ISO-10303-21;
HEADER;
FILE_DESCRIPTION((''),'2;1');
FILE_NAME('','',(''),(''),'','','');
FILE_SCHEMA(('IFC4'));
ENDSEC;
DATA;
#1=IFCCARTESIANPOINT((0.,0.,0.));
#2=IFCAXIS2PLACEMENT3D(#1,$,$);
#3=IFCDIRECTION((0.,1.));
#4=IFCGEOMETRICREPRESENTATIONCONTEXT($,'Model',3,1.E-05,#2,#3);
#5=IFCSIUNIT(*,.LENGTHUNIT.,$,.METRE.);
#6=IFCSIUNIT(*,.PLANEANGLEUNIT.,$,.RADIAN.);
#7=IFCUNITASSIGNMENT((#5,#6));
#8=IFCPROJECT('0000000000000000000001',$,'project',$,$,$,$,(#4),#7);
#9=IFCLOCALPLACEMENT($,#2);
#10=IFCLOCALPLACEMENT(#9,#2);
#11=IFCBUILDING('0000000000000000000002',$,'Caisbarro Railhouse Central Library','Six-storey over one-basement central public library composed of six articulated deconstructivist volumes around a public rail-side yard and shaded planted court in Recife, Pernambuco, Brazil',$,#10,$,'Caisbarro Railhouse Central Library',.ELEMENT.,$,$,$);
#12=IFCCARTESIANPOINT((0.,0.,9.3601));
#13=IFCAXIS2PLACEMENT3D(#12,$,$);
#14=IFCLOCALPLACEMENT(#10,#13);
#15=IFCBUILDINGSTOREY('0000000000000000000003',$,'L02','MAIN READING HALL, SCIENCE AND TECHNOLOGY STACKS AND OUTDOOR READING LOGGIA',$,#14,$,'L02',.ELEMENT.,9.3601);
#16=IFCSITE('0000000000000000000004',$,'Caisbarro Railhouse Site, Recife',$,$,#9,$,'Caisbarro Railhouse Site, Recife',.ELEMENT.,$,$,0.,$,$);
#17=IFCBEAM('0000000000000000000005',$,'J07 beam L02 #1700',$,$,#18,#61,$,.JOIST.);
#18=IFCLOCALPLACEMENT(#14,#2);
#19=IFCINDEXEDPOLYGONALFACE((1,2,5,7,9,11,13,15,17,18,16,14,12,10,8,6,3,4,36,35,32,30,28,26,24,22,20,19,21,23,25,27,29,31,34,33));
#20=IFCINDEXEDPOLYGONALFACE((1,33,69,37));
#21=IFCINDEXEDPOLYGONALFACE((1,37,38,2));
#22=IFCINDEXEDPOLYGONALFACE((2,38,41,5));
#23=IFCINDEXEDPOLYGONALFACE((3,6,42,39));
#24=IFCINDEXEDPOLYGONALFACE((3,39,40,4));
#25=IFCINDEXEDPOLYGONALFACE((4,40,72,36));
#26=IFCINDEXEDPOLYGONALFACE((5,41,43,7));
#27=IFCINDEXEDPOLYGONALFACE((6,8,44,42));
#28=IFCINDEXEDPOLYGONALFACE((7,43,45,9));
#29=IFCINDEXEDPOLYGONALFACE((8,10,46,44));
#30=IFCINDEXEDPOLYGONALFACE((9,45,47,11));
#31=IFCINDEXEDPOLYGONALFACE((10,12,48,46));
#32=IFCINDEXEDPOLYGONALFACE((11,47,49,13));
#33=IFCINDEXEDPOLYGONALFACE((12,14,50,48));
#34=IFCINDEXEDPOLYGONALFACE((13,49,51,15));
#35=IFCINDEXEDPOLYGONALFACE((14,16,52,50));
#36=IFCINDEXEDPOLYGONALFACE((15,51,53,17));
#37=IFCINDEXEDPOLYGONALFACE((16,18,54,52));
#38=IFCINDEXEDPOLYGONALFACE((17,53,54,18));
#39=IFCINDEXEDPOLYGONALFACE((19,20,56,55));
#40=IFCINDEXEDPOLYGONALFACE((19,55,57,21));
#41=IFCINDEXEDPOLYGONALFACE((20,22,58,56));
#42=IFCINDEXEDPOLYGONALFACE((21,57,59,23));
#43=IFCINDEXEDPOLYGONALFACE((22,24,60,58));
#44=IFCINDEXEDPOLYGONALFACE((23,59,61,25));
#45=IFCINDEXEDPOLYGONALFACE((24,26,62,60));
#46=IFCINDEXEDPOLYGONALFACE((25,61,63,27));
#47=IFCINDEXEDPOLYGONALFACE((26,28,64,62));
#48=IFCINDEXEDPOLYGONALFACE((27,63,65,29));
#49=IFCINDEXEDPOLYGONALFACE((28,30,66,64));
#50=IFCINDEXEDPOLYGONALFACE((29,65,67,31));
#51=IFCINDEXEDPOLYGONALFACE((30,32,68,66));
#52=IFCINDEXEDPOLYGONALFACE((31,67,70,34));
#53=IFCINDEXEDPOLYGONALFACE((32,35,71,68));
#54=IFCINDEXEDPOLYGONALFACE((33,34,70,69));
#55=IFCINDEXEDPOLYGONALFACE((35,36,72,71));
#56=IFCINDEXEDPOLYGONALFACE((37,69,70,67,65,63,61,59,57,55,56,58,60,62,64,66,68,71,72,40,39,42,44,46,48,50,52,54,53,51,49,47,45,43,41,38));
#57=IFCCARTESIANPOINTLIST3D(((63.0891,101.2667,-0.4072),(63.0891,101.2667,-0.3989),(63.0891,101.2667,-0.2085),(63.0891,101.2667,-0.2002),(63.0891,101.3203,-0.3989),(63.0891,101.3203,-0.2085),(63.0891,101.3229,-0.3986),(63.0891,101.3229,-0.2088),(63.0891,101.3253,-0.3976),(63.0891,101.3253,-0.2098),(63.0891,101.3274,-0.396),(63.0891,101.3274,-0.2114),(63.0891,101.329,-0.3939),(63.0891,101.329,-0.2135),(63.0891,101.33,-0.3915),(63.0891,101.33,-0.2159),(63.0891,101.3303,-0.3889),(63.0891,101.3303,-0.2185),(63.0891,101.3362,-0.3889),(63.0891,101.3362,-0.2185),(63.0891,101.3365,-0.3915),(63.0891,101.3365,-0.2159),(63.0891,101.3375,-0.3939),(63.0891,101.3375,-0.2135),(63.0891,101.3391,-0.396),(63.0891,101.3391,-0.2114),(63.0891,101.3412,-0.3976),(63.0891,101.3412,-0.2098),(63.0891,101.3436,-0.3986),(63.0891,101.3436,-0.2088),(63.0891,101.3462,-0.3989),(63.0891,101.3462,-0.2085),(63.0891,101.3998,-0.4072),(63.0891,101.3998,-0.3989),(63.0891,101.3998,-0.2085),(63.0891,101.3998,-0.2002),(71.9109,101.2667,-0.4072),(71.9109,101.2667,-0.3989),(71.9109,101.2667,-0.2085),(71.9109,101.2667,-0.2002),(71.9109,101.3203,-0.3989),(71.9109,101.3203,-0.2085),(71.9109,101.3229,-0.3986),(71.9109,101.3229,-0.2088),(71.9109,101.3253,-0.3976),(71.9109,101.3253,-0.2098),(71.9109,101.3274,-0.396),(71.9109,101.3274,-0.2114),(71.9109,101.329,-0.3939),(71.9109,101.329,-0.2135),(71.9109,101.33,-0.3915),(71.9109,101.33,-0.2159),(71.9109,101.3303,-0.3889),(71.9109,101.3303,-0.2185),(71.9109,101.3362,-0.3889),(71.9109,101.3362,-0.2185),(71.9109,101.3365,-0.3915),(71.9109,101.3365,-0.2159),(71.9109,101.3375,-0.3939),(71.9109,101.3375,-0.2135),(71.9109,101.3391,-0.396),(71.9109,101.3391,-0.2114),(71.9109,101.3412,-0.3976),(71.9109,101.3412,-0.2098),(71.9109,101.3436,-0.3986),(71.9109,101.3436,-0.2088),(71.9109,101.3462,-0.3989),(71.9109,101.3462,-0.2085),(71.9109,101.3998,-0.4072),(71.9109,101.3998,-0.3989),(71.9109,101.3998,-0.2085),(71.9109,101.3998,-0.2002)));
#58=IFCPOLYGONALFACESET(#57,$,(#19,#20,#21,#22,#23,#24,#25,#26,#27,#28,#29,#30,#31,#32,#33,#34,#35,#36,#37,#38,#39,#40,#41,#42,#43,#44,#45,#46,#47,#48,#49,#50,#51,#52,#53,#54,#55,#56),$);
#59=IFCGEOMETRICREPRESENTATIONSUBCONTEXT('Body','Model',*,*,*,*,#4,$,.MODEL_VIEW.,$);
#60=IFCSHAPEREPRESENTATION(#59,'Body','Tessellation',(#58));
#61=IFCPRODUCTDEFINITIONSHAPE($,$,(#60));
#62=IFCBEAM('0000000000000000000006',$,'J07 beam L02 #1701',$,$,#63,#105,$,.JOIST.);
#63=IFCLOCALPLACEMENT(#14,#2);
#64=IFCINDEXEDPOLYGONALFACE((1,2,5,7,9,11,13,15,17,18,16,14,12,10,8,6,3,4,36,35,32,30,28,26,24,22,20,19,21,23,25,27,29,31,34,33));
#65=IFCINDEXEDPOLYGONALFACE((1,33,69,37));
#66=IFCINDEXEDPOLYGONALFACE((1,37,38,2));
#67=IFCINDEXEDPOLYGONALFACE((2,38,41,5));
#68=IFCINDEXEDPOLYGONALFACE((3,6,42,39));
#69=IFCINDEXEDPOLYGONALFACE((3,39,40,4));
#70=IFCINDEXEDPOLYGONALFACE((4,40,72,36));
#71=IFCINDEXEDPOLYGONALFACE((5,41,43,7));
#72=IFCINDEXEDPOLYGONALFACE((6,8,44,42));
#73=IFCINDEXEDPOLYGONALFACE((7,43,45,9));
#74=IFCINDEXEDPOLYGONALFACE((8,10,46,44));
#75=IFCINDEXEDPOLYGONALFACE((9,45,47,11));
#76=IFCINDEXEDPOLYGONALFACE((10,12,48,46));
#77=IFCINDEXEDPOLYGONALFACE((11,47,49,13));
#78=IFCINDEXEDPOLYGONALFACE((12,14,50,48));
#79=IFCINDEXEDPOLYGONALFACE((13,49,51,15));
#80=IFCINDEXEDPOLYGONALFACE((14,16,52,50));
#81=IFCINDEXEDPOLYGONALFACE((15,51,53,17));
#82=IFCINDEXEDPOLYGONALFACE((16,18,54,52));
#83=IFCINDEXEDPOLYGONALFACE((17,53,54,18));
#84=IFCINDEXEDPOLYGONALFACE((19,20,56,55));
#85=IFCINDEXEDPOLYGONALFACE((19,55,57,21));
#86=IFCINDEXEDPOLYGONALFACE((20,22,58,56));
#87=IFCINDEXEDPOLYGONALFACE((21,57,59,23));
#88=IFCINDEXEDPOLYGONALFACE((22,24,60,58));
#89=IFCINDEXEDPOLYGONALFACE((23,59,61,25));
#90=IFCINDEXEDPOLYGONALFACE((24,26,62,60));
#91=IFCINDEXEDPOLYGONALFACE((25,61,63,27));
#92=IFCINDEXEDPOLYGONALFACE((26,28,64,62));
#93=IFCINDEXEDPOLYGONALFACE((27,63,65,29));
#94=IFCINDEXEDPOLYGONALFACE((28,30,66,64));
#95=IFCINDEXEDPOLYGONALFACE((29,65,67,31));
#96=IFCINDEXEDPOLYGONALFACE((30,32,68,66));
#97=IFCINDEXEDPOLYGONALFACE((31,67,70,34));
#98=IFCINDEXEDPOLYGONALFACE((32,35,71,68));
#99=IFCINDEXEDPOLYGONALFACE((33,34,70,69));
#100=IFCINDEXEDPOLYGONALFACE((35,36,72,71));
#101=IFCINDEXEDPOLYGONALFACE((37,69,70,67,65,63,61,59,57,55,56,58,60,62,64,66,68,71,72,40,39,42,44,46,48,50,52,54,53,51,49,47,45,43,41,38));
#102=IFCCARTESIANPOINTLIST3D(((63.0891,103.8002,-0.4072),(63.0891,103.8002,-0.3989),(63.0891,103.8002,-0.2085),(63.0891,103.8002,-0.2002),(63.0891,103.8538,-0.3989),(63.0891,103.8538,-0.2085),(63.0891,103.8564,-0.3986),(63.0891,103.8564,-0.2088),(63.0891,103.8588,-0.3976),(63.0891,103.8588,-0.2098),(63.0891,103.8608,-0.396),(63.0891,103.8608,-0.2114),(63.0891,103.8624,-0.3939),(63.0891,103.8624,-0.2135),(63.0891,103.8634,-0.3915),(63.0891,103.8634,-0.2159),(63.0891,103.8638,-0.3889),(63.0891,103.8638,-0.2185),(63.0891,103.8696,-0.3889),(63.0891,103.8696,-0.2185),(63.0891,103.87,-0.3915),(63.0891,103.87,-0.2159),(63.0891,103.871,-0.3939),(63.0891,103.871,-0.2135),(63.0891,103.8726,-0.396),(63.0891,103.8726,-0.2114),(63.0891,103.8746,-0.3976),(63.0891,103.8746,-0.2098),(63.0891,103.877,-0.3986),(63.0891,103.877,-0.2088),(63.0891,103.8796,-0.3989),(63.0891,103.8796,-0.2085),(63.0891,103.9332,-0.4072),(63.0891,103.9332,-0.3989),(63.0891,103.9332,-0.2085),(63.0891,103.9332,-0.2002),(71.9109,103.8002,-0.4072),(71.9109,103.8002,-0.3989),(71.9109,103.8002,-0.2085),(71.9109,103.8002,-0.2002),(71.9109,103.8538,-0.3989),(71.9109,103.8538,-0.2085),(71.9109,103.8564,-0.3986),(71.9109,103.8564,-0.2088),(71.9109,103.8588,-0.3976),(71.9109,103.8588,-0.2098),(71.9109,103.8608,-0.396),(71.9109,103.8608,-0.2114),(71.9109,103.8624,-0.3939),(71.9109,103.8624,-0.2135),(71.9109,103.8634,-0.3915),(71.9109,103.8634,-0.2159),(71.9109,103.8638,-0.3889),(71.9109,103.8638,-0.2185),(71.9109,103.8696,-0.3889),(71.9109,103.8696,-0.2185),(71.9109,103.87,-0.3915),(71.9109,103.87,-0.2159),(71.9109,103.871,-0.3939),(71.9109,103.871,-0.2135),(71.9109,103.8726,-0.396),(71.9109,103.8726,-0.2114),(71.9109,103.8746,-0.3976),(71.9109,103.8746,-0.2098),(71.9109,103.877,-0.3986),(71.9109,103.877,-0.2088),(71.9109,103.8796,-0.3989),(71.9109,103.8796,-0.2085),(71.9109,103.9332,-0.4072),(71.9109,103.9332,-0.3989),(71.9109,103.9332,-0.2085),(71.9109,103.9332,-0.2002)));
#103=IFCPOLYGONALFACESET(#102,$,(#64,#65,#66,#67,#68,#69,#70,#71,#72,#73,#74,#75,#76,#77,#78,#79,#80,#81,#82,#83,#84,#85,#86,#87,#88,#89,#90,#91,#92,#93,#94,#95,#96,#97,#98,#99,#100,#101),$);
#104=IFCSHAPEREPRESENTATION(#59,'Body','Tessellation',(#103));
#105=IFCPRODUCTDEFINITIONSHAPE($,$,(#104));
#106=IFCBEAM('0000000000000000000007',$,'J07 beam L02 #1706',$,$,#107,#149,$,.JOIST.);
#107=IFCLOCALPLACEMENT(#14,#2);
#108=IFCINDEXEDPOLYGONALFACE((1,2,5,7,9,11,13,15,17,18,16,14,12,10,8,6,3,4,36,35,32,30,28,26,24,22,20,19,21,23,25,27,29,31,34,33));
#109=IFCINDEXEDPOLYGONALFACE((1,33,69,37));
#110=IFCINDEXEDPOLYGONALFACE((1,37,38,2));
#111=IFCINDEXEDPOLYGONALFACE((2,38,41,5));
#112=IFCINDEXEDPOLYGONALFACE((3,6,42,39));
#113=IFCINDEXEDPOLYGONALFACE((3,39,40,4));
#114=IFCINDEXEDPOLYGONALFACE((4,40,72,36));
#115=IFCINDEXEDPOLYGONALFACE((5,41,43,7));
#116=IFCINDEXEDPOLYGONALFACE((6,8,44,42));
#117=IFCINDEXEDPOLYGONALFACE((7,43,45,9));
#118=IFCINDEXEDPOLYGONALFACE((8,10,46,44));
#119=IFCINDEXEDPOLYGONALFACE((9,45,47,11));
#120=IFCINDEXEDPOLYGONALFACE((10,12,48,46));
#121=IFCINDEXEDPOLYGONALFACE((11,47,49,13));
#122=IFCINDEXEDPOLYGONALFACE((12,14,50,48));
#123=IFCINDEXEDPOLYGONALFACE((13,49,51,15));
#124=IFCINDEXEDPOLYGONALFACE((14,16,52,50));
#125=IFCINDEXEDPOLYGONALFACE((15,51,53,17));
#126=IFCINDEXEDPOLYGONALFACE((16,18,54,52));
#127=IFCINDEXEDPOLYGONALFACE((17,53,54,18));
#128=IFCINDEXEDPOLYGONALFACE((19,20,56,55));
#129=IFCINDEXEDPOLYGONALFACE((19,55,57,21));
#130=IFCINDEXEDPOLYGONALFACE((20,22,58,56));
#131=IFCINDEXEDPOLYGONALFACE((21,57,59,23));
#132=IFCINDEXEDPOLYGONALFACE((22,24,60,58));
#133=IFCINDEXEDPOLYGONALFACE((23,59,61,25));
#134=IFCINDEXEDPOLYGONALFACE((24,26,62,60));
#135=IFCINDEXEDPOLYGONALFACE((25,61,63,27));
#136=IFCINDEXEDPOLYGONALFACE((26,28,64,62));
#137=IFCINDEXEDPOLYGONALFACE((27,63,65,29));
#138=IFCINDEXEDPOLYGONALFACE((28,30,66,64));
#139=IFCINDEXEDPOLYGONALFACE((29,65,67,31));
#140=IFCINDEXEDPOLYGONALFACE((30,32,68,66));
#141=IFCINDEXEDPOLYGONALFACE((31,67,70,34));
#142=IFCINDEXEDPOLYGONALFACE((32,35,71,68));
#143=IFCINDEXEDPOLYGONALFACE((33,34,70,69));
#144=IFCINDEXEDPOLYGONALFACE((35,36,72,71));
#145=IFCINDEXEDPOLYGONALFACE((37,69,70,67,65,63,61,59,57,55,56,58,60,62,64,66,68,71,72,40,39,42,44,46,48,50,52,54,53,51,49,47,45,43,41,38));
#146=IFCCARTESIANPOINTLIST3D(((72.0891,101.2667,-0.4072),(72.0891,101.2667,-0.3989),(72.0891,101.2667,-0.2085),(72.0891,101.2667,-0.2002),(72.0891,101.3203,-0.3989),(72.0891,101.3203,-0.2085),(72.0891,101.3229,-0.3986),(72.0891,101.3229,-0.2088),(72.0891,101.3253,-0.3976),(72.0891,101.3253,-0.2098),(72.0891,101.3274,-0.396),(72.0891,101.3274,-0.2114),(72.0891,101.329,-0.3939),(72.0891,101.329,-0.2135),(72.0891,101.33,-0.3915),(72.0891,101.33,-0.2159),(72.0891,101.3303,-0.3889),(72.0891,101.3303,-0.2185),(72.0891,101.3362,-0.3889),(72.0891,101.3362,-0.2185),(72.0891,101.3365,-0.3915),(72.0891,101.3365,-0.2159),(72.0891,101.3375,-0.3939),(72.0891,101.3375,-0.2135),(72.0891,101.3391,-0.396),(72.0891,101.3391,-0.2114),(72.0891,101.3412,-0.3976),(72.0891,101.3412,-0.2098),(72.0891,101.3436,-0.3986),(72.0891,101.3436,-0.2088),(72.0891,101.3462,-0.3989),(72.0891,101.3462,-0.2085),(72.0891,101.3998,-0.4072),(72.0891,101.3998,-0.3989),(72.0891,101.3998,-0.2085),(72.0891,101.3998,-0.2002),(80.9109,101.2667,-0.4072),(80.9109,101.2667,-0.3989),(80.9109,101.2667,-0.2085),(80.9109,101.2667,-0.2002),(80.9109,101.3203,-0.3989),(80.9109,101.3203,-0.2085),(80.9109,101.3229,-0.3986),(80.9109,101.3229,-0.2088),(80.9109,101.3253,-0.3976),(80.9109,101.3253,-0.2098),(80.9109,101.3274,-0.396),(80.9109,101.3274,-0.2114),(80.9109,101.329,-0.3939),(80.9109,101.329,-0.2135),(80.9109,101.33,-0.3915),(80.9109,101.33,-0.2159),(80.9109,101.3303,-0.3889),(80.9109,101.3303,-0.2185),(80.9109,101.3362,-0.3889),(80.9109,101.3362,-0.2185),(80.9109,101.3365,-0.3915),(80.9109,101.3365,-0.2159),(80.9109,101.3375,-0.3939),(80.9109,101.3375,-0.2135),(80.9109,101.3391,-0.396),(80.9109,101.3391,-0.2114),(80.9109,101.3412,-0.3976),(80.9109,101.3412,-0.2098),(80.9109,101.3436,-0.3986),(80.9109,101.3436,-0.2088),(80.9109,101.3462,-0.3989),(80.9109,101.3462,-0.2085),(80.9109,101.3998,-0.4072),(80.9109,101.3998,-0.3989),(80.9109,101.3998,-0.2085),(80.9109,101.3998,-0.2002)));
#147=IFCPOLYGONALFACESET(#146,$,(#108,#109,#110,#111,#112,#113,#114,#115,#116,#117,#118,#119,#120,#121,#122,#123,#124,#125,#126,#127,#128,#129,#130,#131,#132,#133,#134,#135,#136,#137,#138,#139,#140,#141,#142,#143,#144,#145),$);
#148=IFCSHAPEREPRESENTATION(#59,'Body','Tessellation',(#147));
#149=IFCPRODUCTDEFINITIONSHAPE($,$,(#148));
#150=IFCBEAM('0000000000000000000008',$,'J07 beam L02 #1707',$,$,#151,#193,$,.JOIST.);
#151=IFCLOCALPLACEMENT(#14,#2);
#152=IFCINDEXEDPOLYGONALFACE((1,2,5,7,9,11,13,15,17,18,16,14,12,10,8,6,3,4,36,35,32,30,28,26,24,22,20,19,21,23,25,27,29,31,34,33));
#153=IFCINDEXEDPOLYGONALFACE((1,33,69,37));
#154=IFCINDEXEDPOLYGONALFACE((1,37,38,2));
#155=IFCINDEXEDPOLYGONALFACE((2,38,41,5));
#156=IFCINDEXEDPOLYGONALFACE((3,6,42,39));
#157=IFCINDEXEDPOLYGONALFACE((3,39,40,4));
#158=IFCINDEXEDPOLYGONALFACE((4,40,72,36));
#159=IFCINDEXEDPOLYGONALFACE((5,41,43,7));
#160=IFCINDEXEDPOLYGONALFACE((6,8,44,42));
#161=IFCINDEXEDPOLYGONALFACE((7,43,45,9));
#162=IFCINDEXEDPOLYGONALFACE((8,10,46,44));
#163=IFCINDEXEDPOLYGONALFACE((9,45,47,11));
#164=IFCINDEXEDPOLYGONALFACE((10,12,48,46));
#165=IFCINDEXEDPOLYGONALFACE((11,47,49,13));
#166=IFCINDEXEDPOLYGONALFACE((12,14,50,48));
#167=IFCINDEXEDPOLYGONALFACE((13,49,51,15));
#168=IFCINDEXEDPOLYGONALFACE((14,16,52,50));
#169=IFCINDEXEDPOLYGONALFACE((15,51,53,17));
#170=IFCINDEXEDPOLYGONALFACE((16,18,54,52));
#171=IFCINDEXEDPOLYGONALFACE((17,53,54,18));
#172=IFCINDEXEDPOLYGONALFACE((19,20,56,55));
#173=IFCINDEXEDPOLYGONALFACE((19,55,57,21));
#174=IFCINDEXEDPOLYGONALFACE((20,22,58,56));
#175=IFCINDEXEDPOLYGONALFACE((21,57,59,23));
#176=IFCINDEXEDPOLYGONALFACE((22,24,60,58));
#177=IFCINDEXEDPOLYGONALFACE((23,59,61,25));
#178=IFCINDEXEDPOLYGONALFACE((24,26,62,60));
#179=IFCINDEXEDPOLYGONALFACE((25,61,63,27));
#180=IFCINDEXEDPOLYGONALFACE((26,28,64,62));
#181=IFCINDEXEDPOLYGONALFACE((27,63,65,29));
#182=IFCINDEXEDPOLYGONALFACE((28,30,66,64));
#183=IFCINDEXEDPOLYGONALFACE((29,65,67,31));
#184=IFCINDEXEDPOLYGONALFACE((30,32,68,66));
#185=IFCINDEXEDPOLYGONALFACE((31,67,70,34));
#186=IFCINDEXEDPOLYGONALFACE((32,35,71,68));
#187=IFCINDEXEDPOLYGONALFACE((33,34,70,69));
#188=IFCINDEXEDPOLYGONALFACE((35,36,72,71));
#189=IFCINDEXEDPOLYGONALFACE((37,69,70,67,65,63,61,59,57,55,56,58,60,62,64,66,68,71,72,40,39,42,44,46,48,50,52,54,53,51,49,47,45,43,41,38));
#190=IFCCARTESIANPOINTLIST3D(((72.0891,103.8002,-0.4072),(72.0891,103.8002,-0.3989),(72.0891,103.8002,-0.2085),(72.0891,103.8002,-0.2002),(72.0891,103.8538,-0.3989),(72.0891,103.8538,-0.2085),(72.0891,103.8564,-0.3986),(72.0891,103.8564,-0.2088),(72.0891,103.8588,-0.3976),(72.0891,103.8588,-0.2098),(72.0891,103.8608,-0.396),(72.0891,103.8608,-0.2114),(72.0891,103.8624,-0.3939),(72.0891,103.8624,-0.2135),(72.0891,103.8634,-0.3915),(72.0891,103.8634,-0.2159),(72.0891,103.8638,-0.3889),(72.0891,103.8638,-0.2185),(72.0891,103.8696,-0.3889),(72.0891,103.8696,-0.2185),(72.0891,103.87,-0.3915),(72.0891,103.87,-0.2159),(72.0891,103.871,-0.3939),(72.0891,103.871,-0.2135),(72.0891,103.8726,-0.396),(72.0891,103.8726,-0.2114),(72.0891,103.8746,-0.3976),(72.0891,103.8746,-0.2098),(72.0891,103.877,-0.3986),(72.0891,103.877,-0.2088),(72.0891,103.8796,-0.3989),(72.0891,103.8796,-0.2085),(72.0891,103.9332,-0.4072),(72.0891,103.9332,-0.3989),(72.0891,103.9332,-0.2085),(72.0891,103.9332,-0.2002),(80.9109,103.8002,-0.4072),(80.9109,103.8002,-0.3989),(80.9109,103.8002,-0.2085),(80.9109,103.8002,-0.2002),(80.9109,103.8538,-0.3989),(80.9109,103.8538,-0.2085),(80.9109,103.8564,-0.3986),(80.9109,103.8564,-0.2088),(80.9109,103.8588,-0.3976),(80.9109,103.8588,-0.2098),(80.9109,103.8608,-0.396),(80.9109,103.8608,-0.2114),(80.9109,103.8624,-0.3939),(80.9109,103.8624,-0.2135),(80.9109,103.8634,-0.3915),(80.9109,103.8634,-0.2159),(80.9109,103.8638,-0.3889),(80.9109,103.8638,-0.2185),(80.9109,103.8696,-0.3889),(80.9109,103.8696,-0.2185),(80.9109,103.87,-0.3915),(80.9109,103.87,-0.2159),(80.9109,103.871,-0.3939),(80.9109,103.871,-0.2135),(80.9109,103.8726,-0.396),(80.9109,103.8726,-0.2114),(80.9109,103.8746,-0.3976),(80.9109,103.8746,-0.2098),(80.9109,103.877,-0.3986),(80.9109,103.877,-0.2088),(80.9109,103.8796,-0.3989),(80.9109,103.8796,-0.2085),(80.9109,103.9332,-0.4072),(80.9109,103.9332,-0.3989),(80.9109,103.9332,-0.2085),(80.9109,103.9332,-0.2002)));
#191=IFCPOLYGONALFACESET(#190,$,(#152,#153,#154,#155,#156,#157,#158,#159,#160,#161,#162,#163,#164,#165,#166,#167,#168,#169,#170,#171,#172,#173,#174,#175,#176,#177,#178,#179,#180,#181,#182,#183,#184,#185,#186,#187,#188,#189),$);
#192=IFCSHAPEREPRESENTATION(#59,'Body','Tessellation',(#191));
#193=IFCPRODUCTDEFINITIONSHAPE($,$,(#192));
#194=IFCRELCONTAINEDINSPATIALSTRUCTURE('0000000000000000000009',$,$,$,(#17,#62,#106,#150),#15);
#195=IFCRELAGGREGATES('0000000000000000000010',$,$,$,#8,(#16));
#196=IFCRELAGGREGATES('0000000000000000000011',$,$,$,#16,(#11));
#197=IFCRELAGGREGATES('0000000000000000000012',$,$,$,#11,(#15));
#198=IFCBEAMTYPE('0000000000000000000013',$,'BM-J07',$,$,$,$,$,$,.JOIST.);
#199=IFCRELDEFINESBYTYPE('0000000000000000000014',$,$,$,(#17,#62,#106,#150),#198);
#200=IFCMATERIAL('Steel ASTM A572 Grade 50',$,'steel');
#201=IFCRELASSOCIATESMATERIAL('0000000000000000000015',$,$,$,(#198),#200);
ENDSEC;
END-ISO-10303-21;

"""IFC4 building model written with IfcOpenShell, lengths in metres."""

from ifc_helpers import new_model, si_unit, direction, frame, origin, origin_2d, place, context, subcontext, project, spatial, i_section, extrude, material, material_profile, profile_set, type_object, element, save


model = new_model("IFC4")

# Units and contexts
model_context = context("Model", 3, precision=1e-05, world=origin(), true_north=direction((0.0, 1.0)))
body_context = subcontext(model_context, "Body", "Model", "MODEL_VIEW")
ifc_project = project(units=[si_unit("LENGTHUNIT", "METRE"), si_unit("PLANEANGLEUNIT", "RADIAN")], contexts=[model_context])

# Site, building, storey
site_placement = place(None, origin())
site = spatial("IfcSite", under=ifc_project, at=site_placement, Name="Caisbarro Railhouse Site, Recife", LongName="Caisbarro Railhouse Site, Recife", CompositionType="ELEMENT", RefElevation=0.0)
building_placement = place(site_placement, origin())
building = spatial("IfcBuilding", under=site, at=building_placement, Name="Caisbarro Railhouse Central Library", Description="Six-storey over one-basement central public library composed of six articulated deconstructivist volumes around a public rail-side yard and shaded planted court in Recife, Pernambuco, Brazil", LongName="Caisbarro Railhouse Central Library", CompositionType="ELEMENT")
storey_placement = place(building_placement, frame((0.0, 0.0, 9.3601)))
storey = spatial("IfcBuildingStorey", under=building, at=storey_placement, Name="L02", Description="MAIN READING HALL, SCIENCE AND TECHNOLOGY STACKS AND OUTDOOR READING LOGGIA", LongName="L02", CompositionType="ELEMENT", Elevation=9.3601)

# Shared definitions
ifc_material_1 = material(Name="Steel ASTM A572 Grade 50", Category="steel")

# Beams
ifc_material_profile_1 = material_profile(ifc_material_1, i_section(OverallWidth=0.1331, OverallDepth=0.207, WebThickness=0.0059, FlangeThickness=0.0083, FilletRadius=0.01, at=origin_2d()), Name="W200X26.6")
ifc_profile_set_1 = profile_set([ifc_material_profile_1], Name="Steel ASTM A572 Grade 50")
beam_type_1 = type_object("IfcBeamType", Name="BM-J07", PredefinedType="JOIST", material=ifc_profile_set_1)
for number, where, z_axis, x_axis, name in (
    (1, (63.0891, 101.3333, -0.3037), (1.0, 0.0, 0.0), (0.0, 1.0, 0.0), "J07 beam L02 #1700"),
    (2, (63.0891, 103.8667, -0.3037), (1.0, 0.0, 0.0), (0.0, 1.0, 0.0), "J07 beam L02 #1701"),
    (3, (72.0891, 101.3333, -0.3037), (1.0, 0.0, 0.0), (0.0, 1.0, 0.0), "J07 beam L02 #1706"),
    (4, (72.0891, 103.8667, -0.3037), (1.0, 0.0, 0.0), (0.0, 1.0, 0.0), "J07 beam L02 #1707"),
):
    element("IfcBeam", number, at=place(storey_placement, frame(where, z_axis=z_axis, x_axis=x_axis)), inside=storey, type_object=beam_type_1, Name=name, PredefinedType="JOIST", context=body_context, shape_type="SweptSolid", body=[
        extrude(i_section(OverallWidth=0.1331, OverallDepth=0.207, WebThickness=0.0059, FlangeThickness=0.0083, FilletRadius=0.01, at=origin_2d()), origin(), (0.0, 0.0, 1.0), 8.8218),
    ])

save(model, "model.ifc")
